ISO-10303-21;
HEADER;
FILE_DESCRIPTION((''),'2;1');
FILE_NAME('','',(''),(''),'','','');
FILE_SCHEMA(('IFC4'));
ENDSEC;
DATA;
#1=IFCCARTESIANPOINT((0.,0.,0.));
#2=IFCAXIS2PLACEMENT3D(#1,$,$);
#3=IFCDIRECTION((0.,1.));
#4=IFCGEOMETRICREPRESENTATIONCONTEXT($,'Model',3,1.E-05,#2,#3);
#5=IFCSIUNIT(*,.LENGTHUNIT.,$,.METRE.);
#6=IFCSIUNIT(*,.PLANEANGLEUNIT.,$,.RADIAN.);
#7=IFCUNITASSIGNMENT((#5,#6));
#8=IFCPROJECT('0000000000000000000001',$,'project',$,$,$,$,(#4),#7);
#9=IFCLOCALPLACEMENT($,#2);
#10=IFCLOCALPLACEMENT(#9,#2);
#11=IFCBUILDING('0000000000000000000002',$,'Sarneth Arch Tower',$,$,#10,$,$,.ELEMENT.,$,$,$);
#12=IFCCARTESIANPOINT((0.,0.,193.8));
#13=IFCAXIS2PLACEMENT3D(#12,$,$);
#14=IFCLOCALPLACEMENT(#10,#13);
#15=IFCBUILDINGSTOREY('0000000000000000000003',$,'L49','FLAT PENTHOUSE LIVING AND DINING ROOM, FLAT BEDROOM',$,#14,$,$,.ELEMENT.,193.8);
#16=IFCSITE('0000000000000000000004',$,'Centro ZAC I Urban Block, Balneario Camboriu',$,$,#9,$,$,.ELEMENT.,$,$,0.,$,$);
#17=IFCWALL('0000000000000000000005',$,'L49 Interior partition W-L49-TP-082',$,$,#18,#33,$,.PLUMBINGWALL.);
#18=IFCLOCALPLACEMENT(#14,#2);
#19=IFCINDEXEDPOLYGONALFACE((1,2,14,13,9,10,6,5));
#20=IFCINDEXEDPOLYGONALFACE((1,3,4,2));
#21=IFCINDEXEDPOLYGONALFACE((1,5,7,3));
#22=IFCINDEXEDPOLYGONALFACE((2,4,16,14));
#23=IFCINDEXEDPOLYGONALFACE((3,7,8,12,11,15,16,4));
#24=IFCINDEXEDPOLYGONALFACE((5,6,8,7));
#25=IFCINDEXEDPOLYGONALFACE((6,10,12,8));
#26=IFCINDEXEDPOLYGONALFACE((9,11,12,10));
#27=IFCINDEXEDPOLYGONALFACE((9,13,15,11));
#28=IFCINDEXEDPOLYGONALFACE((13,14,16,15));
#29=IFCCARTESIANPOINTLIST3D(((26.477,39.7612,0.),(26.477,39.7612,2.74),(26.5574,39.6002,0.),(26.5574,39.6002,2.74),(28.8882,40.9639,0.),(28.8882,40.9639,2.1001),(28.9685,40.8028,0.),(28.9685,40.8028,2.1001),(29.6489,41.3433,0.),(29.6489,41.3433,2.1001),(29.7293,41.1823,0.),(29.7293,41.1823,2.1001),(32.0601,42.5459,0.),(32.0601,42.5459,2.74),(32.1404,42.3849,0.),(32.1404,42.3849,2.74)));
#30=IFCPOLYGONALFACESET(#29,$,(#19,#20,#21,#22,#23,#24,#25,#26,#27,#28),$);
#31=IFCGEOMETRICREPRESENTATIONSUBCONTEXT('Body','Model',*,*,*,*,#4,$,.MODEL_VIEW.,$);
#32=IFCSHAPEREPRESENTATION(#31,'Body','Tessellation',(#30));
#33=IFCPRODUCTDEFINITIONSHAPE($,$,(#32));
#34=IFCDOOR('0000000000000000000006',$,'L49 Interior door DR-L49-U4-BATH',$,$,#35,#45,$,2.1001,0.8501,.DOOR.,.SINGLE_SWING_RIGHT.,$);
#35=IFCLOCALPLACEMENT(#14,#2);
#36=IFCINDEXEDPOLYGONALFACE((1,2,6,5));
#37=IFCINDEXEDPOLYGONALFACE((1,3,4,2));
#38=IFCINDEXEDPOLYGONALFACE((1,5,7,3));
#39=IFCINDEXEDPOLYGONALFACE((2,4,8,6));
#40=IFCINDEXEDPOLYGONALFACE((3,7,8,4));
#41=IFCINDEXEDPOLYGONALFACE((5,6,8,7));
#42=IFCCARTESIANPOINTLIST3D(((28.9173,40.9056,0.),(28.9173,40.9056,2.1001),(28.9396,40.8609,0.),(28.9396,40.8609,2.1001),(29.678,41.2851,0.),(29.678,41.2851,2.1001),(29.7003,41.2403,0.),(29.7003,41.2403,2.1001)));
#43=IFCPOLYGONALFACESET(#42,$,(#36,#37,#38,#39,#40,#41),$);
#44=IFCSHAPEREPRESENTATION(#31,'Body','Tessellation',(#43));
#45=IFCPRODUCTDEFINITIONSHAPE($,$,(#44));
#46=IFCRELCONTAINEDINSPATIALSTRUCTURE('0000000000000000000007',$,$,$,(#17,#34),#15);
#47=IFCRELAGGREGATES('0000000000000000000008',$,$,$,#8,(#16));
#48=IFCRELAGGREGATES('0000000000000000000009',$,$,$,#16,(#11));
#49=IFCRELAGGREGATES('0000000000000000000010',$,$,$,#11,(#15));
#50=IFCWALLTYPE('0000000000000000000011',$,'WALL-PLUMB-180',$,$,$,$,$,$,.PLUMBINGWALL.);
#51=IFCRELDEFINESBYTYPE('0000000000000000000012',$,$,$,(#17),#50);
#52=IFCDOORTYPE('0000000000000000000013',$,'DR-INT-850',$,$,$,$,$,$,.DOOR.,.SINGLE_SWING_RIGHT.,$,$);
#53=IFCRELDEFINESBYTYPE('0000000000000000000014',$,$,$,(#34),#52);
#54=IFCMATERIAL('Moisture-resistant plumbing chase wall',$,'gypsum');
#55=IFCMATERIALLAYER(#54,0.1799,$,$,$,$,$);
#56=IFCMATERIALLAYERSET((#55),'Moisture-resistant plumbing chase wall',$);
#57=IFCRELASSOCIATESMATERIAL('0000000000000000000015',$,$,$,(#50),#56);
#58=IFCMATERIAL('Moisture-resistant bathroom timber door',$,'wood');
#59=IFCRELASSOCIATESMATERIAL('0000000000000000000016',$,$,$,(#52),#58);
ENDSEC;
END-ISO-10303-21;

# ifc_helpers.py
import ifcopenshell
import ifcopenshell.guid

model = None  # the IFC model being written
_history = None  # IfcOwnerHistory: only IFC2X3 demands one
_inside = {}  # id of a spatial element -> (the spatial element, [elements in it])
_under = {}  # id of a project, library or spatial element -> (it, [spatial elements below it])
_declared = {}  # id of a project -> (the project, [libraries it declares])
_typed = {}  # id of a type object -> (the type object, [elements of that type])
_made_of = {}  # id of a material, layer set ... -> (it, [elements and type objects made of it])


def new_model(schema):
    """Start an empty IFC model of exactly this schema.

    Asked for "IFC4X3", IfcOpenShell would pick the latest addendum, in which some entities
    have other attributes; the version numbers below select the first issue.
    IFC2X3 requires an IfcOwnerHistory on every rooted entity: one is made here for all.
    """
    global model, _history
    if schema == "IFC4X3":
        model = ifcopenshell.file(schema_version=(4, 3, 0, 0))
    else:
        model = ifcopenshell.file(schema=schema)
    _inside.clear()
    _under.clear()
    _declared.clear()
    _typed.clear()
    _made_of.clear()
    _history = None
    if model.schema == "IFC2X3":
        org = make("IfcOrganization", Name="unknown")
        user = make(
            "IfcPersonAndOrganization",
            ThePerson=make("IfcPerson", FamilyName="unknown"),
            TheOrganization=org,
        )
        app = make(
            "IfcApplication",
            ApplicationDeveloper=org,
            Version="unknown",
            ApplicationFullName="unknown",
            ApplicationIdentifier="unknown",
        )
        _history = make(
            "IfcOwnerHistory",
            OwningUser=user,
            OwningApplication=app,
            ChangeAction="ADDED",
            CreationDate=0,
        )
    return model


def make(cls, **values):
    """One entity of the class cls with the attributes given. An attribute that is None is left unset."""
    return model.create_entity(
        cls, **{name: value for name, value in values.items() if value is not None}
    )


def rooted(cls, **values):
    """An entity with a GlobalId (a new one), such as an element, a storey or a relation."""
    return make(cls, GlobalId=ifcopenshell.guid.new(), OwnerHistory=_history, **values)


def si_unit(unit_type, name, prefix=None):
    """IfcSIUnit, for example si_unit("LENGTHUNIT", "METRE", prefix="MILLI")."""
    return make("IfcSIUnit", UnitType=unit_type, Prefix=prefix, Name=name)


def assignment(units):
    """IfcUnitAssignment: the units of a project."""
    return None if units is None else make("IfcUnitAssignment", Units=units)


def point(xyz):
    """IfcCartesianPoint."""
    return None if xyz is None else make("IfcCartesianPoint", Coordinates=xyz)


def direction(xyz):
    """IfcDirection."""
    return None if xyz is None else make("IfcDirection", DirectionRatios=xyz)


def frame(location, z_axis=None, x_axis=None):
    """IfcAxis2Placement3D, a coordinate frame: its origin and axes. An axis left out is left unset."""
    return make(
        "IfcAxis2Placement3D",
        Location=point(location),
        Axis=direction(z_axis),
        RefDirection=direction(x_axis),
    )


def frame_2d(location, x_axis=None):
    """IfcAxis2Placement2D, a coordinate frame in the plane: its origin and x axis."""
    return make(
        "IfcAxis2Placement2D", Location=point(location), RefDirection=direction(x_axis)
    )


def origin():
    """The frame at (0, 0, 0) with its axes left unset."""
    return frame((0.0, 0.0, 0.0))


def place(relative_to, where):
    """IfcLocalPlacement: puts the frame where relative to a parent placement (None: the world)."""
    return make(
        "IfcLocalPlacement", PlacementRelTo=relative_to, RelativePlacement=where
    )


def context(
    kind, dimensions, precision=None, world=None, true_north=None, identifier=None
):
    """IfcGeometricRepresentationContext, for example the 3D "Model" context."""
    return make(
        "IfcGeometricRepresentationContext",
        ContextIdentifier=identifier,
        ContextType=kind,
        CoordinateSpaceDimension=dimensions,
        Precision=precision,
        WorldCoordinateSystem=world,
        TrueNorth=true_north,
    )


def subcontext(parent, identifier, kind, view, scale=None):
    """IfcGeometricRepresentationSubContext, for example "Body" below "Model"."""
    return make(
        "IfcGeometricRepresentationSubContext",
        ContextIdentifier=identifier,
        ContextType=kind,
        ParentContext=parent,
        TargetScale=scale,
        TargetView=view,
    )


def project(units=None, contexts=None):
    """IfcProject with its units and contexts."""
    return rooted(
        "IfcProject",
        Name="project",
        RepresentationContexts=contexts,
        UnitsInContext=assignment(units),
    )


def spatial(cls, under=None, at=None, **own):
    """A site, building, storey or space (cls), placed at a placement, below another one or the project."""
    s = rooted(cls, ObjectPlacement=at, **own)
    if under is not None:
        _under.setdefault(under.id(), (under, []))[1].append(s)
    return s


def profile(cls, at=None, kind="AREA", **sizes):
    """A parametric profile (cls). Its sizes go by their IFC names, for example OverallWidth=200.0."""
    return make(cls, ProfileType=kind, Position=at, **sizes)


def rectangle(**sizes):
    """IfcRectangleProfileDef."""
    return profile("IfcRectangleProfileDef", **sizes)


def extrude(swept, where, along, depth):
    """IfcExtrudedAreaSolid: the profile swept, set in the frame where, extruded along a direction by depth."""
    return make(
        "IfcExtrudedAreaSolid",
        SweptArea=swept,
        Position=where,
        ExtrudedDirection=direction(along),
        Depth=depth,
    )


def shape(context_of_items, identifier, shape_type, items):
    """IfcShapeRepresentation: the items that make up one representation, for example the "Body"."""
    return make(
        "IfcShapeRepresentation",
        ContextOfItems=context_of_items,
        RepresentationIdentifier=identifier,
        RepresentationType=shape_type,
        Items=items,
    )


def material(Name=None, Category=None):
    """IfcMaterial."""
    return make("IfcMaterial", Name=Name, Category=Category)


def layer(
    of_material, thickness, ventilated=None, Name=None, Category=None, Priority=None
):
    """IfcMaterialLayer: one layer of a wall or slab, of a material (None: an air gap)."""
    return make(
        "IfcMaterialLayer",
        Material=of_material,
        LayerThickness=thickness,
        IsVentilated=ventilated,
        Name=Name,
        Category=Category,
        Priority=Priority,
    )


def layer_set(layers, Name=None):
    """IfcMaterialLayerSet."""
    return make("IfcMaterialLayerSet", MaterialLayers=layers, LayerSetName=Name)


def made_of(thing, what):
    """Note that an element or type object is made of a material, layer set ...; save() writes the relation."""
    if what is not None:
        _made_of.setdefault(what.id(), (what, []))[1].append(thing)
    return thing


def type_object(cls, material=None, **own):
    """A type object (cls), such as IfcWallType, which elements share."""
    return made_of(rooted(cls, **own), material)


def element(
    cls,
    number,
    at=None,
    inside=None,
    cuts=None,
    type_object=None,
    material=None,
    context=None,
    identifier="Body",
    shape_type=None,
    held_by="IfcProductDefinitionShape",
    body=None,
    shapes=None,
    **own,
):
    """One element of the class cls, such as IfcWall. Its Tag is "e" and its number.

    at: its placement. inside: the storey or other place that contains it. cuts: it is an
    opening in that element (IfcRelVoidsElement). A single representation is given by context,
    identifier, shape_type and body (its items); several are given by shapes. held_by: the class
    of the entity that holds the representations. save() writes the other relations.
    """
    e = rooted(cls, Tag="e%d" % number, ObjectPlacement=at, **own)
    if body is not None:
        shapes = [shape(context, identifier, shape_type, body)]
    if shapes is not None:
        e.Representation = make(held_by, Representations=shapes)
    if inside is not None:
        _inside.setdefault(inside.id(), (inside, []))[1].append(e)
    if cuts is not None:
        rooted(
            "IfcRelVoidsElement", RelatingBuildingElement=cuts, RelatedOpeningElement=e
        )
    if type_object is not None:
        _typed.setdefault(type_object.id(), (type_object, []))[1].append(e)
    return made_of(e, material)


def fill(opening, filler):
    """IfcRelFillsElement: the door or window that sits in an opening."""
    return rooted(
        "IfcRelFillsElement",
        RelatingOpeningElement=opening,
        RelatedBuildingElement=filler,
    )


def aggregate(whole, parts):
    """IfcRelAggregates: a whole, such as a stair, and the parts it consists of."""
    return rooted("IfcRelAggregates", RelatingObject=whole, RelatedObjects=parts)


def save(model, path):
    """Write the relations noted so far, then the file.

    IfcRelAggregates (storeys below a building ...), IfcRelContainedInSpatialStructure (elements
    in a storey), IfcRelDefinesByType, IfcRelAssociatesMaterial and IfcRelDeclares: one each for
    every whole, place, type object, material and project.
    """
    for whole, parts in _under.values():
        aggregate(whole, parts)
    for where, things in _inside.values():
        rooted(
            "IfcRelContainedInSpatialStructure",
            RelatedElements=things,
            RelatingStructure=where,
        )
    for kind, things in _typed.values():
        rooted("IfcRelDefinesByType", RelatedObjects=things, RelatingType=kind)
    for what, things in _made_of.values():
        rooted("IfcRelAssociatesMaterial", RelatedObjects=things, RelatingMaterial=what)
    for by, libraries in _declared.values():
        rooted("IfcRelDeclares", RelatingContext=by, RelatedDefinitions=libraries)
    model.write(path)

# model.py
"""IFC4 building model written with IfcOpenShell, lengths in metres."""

from ifc_helpers import new_model, si_unit, direction, frame, frame_2d, origin, place, context, subcontext, project, spatial, rectangle, extrude, material, layer, layer_set, type_object, element, fill, save


model = new_model("IFC4")

# Units and contexts
model_context = context("Model", 3, precision=1e-05, world=origin(), true_north=direction((0.0, 1.0)))
body_context = subcontext(model_context, "Body", "Model", "MODEL_VIEW")
ifc_project = project(units=[si_unit("LENGTHUNIT", "METRE"), si_unit("PLANEANGLEUNIT", "RADIAN")], contexts=[model_context])

# Site, building, storey
site_placement = place(None, origin())
site = spatial("IfcSite", under=ifc_project, at=site_placement, Name="Centro ZAC I Urban Block, Balneario Camboriu", CompositionType="ELEMENT", RefElevation=0.0)
building_placement = place(site_placement, origin())
building = spatial("IfcBuilding", under=site, at=building_placement, Name="Sarneth Arch Tower", CompositionType="ELEMENT")
storey_placement = place(building_placement, frame((0.0, 0.0, 193.8)))
storey = spatial("IfcBuildingStorey", under=building, at=storey_placement, Name="L49", Description="FLAT PENTHOUSE LIVING AND DINING ROOM, FLAT BEDROOM", CompositionType="ELEMENT", Elevation=193.8)

# Wall, opening, door
ifc_material_1 = material(Name="Moisture-resistant plumbing chase wall", Category="gypsum")
ifc_layer_1 = layer(ifc_material_1, 0.1799)
ifc_layer_set_1 = layer_set([ifc_layer_1], Name="Moisture-resistant plumbing chase wall")
wall_type_1 = type_object("IfcWallType", Name="WALL-PLUMB-180", PredefinedType="PLUMBINGWALL", material=ifc_layer_set_1)
wall_1_placement = place(storey_placement, frame((26.5171, 39.6807, 0.0), z_axis=(0.0, 0.0, 1.0), x_axis=(0.894865, 0.446337, 0.0)))
wall_1 = element("IfcWall", 1, at=wall_1_placement, inside=storey, type_object=wall_type_1, Name="L49 Interior partition W-L49-TP-082", PredefinedType="PLUMBINGWALL", context=body_context, shape_type="SweptSolid", body=[
    extrude(rectangle(XDim=6.239, YDim=0.1799, at=frame_2d((3.1196, 0.0))), origin(), (0.0, 0.0, 1.0), 2.74),
])
opening_1_placement = place(wall_1_placement, frame((2.6946, 0.0, 0.0)))
opening_1 = element("IfcOpeningElement", 2, at=opening_1_placement, cuts=wall_1, PredefinedType="OPENING", context=body_context, shape_type="SweptSolid", body=[
    extrude(rectangle(XDim=0.8501, YDim=2.1001, at=frame_2d((0.425, 1.05))), frame((0.0, 0.0999, 0.0), z_axis=(0.0, -1.0, 0.0), x_axis=(1.0, 0.0, 0.0)), (0.0, 0.0, 1.0), 0.2),
])
ifc_material_2 = material(Name="Moisture-resistant bathroom timber door", Category="wood")
door_type_1 = type_object("IfcDoorType", Name="DR-INT-850", OperationType="SINGLE_SWING_RIGHT", PredefinedType="DOOR", material=ifc_material_2)
door_1_placement = place(opening_1_placement, origin())
door_1 = element("IfcDoor", 3, at=door_1_placement, inside=storey, type_object=door_type_1, Name="L49 Interior door DR-L49-U4-BATH", OperationType="SINGLE_SWING_RIGHT", OverallHeight=2.1001, OverallWidth=0.8501, PredefinedType="DOOR", context=body_context, shape_type="SweptSolid", body=[
    extrude(rectangle(XDim=0.8501, YDim=2.1001, at=frame_2d((0.425, 1.05))), frame((0.0, 0.0249, 0.0), z_axis=(0.0, -1.0, 0.0), x_axis=(1.0, 0.0, 0.0)), (0.0, 0.0, 1.0), 0.05),
])
fill(opening_1, door_1)

save(model, "model.ifc")
